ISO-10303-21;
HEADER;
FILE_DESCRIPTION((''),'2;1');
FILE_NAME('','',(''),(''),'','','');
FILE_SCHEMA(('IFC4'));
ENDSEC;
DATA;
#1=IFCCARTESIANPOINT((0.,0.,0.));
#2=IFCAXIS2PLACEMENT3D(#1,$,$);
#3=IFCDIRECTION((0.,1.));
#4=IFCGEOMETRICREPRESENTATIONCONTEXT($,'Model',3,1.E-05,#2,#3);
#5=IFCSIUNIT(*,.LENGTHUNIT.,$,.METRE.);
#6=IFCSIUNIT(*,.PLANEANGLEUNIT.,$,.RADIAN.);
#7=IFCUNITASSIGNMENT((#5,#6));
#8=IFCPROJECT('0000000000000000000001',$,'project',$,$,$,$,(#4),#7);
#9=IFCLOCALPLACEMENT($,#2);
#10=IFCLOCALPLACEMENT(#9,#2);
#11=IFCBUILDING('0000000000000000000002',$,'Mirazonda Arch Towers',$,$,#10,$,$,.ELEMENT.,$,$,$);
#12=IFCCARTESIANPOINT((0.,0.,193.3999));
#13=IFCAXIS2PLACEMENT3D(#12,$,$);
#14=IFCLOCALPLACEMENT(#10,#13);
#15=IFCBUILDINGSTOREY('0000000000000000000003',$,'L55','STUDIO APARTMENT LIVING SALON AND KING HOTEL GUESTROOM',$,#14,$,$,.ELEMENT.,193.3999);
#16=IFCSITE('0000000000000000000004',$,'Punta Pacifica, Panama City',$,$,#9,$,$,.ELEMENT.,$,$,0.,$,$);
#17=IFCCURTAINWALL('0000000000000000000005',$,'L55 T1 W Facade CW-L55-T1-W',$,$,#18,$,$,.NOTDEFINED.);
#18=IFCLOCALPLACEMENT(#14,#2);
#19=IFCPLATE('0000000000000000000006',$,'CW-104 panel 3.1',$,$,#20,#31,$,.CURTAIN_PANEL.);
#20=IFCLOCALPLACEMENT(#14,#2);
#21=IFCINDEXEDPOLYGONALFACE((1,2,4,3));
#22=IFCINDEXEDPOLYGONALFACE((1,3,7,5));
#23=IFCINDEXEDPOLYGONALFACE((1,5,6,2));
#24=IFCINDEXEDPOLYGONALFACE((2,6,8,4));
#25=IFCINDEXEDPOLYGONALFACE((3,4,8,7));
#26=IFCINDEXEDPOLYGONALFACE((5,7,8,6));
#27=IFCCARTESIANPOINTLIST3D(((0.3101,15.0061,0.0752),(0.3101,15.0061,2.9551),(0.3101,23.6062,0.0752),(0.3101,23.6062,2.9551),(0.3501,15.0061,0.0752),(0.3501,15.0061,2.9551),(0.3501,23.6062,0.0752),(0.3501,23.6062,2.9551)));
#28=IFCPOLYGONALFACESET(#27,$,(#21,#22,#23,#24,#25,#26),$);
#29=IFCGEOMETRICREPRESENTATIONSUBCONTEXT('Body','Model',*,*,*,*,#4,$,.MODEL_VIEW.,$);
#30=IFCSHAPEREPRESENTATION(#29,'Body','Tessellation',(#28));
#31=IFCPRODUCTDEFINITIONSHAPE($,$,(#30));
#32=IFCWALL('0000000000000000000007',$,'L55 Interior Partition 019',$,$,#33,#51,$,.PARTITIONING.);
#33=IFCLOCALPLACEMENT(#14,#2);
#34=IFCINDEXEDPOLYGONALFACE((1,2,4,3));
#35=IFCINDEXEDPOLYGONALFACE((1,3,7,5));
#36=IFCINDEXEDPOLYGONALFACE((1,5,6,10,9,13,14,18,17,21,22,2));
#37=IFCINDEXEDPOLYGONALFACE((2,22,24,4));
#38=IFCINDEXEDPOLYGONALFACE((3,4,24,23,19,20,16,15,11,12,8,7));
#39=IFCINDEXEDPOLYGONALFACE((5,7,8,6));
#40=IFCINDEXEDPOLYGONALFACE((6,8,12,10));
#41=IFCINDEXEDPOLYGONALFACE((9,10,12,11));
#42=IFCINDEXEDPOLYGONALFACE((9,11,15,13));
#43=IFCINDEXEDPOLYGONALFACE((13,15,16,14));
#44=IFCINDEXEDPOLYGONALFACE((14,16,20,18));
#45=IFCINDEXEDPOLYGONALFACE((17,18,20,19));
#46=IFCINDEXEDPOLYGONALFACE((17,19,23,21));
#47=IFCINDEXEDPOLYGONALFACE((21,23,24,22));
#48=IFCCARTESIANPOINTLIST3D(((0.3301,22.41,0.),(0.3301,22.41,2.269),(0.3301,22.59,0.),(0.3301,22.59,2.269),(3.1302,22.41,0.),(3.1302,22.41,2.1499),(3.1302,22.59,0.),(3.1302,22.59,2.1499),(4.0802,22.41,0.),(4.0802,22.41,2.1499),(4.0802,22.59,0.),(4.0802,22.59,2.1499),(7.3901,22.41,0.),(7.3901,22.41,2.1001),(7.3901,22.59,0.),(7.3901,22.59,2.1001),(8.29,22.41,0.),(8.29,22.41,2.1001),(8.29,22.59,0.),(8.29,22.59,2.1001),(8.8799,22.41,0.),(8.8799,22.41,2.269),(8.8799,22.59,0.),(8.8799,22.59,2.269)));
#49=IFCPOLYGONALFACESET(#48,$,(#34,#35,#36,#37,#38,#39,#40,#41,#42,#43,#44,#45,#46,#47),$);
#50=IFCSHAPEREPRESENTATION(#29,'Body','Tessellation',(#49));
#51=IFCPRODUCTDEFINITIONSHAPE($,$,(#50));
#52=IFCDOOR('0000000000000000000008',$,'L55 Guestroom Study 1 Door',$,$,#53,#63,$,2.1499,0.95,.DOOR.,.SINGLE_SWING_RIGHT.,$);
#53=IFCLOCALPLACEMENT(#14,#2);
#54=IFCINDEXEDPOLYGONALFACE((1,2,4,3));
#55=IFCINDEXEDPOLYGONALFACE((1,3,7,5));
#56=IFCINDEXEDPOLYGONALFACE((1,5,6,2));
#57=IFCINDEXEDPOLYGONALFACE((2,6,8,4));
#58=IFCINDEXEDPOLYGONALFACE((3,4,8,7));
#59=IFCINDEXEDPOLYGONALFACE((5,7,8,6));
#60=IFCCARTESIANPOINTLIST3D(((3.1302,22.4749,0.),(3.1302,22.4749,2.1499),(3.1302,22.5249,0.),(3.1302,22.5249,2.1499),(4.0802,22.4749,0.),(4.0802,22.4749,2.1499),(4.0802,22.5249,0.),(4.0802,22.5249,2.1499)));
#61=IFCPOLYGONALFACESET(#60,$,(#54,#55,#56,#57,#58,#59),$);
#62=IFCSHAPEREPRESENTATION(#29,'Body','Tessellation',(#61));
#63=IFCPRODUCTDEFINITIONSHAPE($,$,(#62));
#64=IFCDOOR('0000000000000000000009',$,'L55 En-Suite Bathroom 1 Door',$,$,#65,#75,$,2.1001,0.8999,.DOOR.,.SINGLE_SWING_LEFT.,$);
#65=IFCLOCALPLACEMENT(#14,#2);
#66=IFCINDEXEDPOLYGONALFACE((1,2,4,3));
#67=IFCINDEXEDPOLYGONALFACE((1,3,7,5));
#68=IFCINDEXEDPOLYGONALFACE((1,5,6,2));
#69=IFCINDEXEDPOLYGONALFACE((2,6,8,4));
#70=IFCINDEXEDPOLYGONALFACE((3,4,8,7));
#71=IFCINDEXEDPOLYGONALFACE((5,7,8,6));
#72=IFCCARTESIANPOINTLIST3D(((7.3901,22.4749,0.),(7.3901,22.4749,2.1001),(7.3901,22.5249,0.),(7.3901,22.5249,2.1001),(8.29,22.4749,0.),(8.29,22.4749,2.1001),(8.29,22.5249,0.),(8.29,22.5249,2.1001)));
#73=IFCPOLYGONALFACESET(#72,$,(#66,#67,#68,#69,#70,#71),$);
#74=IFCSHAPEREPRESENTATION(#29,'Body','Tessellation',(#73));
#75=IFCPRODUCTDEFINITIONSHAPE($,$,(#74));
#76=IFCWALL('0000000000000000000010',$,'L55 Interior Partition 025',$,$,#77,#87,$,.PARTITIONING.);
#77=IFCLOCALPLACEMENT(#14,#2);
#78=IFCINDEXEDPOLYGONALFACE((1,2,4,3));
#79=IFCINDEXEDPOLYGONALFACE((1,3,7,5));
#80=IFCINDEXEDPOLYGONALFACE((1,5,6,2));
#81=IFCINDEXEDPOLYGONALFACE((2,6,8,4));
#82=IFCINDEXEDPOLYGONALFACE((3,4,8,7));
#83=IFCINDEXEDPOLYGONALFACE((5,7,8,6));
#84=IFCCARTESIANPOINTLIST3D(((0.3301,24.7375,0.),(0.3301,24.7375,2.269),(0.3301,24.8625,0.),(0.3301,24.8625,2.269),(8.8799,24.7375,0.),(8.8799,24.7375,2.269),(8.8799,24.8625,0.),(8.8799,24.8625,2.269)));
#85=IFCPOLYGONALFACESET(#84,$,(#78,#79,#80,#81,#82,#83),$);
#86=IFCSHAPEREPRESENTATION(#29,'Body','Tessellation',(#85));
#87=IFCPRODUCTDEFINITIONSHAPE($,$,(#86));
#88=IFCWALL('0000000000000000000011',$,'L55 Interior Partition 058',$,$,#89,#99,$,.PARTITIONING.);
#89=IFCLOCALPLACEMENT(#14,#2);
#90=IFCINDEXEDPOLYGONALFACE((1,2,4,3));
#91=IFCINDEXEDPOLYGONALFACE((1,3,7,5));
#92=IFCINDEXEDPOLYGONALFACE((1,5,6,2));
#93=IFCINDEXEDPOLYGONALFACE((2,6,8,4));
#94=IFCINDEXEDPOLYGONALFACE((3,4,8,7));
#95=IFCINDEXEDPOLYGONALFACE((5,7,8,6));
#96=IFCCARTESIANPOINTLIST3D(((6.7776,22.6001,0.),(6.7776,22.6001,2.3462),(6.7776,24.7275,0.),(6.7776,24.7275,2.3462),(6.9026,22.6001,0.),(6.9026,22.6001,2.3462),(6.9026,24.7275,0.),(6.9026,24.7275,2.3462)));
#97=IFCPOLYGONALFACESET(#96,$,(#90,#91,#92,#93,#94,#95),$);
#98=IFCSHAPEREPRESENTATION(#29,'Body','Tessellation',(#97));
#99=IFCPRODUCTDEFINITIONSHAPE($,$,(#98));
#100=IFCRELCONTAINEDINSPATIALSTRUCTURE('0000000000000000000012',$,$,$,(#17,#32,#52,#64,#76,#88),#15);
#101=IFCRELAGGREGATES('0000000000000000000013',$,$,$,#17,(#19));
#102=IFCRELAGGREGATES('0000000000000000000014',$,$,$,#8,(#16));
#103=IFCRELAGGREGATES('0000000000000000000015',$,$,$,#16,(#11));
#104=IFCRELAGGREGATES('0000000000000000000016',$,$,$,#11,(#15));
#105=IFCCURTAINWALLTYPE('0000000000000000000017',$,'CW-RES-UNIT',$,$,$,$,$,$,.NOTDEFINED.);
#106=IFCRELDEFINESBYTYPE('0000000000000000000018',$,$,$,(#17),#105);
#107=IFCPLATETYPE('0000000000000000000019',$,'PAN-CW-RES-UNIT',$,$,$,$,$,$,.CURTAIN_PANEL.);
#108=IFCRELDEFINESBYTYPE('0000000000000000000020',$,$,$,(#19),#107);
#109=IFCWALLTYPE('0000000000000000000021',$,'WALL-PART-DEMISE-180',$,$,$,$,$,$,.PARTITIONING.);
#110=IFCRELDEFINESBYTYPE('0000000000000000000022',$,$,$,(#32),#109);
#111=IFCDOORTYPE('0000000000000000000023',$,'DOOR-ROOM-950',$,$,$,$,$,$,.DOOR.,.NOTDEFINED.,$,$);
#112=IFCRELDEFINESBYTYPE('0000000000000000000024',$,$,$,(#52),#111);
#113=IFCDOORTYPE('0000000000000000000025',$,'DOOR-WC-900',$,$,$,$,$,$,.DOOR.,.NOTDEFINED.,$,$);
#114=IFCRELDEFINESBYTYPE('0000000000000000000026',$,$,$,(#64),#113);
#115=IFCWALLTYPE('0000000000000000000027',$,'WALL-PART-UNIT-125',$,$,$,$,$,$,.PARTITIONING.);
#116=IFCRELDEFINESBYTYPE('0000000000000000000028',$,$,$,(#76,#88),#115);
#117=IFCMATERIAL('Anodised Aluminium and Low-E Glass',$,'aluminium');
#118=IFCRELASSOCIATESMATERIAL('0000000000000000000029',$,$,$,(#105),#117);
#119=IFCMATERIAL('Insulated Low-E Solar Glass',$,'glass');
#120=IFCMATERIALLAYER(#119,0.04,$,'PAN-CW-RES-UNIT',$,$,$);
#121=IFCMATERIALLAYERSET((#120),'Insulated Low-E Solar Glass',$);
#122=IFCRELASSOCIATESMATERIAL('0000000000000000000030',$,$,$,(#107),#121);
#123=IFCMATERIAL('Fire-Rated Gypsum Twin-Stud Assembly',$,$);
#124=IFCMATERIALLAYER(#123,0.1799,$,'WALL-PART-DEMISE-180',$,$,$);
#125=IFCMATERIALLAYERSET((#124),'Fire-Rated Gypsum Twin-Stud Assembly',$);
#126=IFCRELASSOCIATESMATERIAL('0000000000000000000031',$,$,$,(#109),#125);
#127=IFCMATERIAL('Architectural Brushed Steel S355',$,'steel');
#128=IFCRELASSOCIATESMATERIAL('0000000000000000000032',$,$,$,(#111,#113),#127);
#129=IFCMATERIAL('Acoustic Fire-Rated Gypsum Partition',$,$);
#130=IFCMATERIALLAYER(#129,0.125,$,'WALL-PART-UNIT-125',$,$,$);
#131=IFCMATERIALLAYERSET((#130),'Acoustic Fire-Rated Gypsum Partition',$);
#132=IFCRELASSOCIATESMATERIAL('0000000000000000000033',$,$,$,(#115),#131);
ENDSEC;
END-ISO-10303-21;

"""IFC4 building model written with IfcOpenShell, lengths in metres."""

from ifc_helpers import new_model, si_unit, direction, frame, frame_2d, origin, origin_2d, place, context, subcontext, project, spatial, rectangle, extrude, material, layer, layer_set, type_object, element, fill, aggregate, save


model = new_model("IFC4")

# Units and contexts
model_context = context("Model", 3, precision=1e-05, world=origin(), true_north=direction((0.0, 1.0)))
body_context = subcontext(model_context, "Body", "Model", "MODEL_VIEW")
ifc_project = project(units=[si_unit("LENGTHUNIT", "METRE"), si_unit("PLANEANGLEUNIT", "RADIAN")], contexts=[model_context])

# Site, building, storey
site_placement = place(None, origin())
site = spatial("IfcSite", under=ifc_project, at=site_placement, Name="Punta Pacifica, Panama City", CompositionType="ELEMENT", RefElevation=0.0)
building_placement = place(site_placement, origin())
building = spatial("IfcBuilding", under=site, at=building_placement, Name="Mirazonda Arch Towers", CompositionType="ELEMENT")
storey_placement = place(building_placement, frame((0.0, 0.0, 193.3999)))
storey = spatial("IfcBuildingStorey", under=building, at=storey_placement, Name="L55", Description="STUDIO APARTMENT LIVING SALON AND KING HOTEL GUESTROOM", CompositionType="ELEMENT", Elevation=193.3999)

# Curtain wall, plate
ifc_material_1 = material(Name="Anodised Aluminium and Low-E Glass", Category="aluminium")
curtain_wall_type = type_object("IfcCurtainWallType", Name="CW-RES-UNIT", PredefinedType="NOTDEFINED", material=ifc_material_1)
curtain_wall_placement = place(storey_placement, origin())
curtain_wall = element("IfcCurtainWall", 1, at=curtain_wall_placement, inside=storey, type_object=curtain_wall_type, Name="L55 T1 W Facade CW-L55-T1-W", PredefinedType="NOTDEFINED")
ifc_material_2 = material(Name="Insulated Low-E Solar Glass", Category="glass")
ifc_layer_1 = layer(ifc_material_2, 0.04, Name="PAN-CW-RES-UNIT")
ifc_layer_set_1 = layer_set([ifc_layer_1], Name="Insulated Low-E Solar Glass")
plate_type = type_object("IfcPlateType", Name="PAN-CW-RES-UNIT", PredefinedType="CURTAIN_PANEL", material=ifc_layer_set_1)
plate_placement = place(storey_placement, frame((0.3301, 19.3062, 0.0752), z_axis=(0.0, 0.0, 1.0), x_axis=(0.0, -1.0, 0.0)))
plate = element("IfcPlate", 2, at=plate_placement, type_object=plate_type, Name="CW-104 panel 3.1", PredefinedType="CURTAIN_PANEL", context=body_context, shape_type="SweptSolid", body=[
    extrude(rectangle(XDim=8.6001, YDim=0.04, at=origin_2d()), origin(), (0.0, 0.0, 1.0), 2.8799),
])
aggregate(curtain_wall, [plate])

# Wall, openings, doors
ifc_material_3 = material(Name="Fire-Rated Gypsum Twin-Stud Assembly")
ifc_layer_2 = layer(ifc_material_3, 0.1799, Name="WALL-PART-DEMISE-180")
ifc_layer_set_2 = layer_set([ifc_layer_2], Name="Fire-Rated Gypsum Twin-Stud Assembly")
wall_type_1 = type_object("IfcWallType", Name="WALL-PART-DEMISE-180", PredefinedType="PARTITIONING", material=ifc_layer_set_2)
wall_1_placement = place(storey_placement, frame((0.3301, 22.5, 0.0), z_axis=(0.0, 0.0, 1.0), x_axis=(1.0, 0.0, 0.0)))
wall_1 = element("IfcWall", 3, at=wall_1_placement, inside=storey, type_object=wall_type_1, Name="L55 Interior Partition 019", PredefinedType="PARTITIONING", context=body_context, shape_type="SweptSolid", body=[
    extrude(rectangle(XDim=8.5498, YDim=0.1799, at=frame_2d((4.2749, 0.0))), origin(), (0.0, 0.0, 1.0), 2.269),
])
opening_1_placement = place(wall_1_placement, frame((2.8, 0.0, 0.0)))
opening_1 = element("IfcOpeningElement", 4, at=opening_1_placement, cuts=wall_1, PredefinedType="OPENING", context=body_context, shape_type="SweptSolid", body=[
    extrude(rectangle(XDim=0.95, YDim=2.1499, at=frame_2d((0.4751, 1.075))), frame((0.0, 0.0999, 0.0), z_axis=(0.0, -1.0, 0.0), x_axis=(1.0, 0.0, 0.0)), (0.0, 0.0, 1.0), 0.2),
])
opening_2_placement = place(wall_1_placement, frame((7.0601, 0.0, 0.0)))
opening_2 = element("IfcOpeningElement", 5, at=opening_2_placement, cuts=wall_1, PredefinedType="OPENING", context=body_context, shape_type="SweptSolid", body=[
    extrude(rectangle(XDim=0.8999, YDim=2.1001, at=frame_2d((0.45, 1.05))), frame((0.0, 0.0999, 0.0), z_axis=(0.0, -1.0, 0.0), x_axis=(1.0, 0.0, 0.0)), (0.0, 0.0, 1.0), 0.2),
])
ifc_material_4 = material(Name="Architectural Brushed Steel S355", Category="steel")
door_type_1 = type_object("IfcDoorType", Name="DOOR-ROOM-950", OperationType="NOTDEFINED", PredefinedType="DOOR", material=ifc_material_4)
door_1_placement = place(opening_1_placement, origin())
door_1 = element("IfcDoor", 6, at=door_1_placement, inside=storey, type_object=door_type_1, Name="L55 Guestroom Study 1 Door", OperationType="SINGLE_SWING_RIGHT", OverallHeight=2.1499, OverallWidth=0.95, PredefinedType="DOOR", context=body_context, shape_type="SweptSolid", body=[
    extrude(rectangle(XDim=0.95, YDim=2.1499, at=frame_2d((0.4751, 1.075))), frame((0.0, 0.0249, 0.0), z_axis=(0.0, -1.0, 0.0), x_axis=(1.0, 0.0, 0.0)), (0.0, 0.0, 1.0), 0.05),
])
fill(opening_1, door_1)
door_type_2 = type_object("IfcDoorType", Name="DOOR-WC-900", OperationType="NOTDEFINED", PredefinedType="DOOR", material=ifc_material_4)
door_2_placement = place(opening_2_placement, origin())
door_2 = element("IfcDoor", 7, at=door_2_placement, inside=storey, type_object=door_type_2, Name="L55 En-Suite Bathroom 1 Door", OperationType="SINGLE_SWING_LEFT", OverallHeight=2.1001, OverallWidth=0.8999, PredefinedType="DOOR", context=body_context, shape_type="SweptSolid", body=[
    extrude(rectangle(XDim=0.8999, YDim=2.1001, at=frame_2d((0.45, 1.05))), frame((0.0, 0.0249, 0.0), z_axis=(0.0, -1.0, 0.0), x_axis=(1.0, 0.0, 0.0)), (0.0, 0.0, 1.0), 0.05),
])
fill(opening_2, door_2)

# Walls
ifc_material_5 = material(Name="Acoustic Fire-Rated Gypsum Partition")
ifc_layer_3 = layer(ifc_material_5, 0.125, Name="WALL-PART-UNIT-125")
ifc_layer_set_3 = layer_set([ifc_layer_3], Name="Acoustic Fire-Rated Gypsum Partition")
wall_type_2 = type_object("IfcWallType", Name="WALL-PART-UNIT-125", PredefinedType="PARTITIONING", material=ifc_layer_set_3)
wall_2_placement = place(storey_placement, frame((0.3301, 24.8, 0.0), z_axis=(0.0, 0.0, 1.0), x_axis=(1.0, 0.0, 0.0)))
element("IfcWall", 8, at=wall_2_placement, inside=storey, type_object=wall_type_2, Name="L55 Interior Partition 025", PredefinedType="PARTITIONING", context=body_context, shape_type="SweptSolid", body=[
    extrude(rectangle(XDim=8.5498, YDim=0.125, at=frame_2d((4.2749, 0.0))), origin(), (0.0, 0.0, 1.0), 2.269),
])
wall_3_placement = place(storey_placement, frame((6.8401, 22.6001, 0.0), z_axis=(0.0, 0.0, 1.0), x_axis=(0.0, 1.0, 0.0)))
element("IfcWall", 9, at=wall_3_placement, inside=storey, type_object=wall_type_2, Name="L55 Interior Partition 058", PredefinedType="PARTITIONING", context=body_context, shape_type="SweptSolid", body=[
    extrude(rectangle(XDim=2.1274, YDim=0.125, at=frame_2d((1.0637, 0.0))), origin(), (0.0, 0.0, 1.0), 2.3462),
])

save(model, "model.ifc")
